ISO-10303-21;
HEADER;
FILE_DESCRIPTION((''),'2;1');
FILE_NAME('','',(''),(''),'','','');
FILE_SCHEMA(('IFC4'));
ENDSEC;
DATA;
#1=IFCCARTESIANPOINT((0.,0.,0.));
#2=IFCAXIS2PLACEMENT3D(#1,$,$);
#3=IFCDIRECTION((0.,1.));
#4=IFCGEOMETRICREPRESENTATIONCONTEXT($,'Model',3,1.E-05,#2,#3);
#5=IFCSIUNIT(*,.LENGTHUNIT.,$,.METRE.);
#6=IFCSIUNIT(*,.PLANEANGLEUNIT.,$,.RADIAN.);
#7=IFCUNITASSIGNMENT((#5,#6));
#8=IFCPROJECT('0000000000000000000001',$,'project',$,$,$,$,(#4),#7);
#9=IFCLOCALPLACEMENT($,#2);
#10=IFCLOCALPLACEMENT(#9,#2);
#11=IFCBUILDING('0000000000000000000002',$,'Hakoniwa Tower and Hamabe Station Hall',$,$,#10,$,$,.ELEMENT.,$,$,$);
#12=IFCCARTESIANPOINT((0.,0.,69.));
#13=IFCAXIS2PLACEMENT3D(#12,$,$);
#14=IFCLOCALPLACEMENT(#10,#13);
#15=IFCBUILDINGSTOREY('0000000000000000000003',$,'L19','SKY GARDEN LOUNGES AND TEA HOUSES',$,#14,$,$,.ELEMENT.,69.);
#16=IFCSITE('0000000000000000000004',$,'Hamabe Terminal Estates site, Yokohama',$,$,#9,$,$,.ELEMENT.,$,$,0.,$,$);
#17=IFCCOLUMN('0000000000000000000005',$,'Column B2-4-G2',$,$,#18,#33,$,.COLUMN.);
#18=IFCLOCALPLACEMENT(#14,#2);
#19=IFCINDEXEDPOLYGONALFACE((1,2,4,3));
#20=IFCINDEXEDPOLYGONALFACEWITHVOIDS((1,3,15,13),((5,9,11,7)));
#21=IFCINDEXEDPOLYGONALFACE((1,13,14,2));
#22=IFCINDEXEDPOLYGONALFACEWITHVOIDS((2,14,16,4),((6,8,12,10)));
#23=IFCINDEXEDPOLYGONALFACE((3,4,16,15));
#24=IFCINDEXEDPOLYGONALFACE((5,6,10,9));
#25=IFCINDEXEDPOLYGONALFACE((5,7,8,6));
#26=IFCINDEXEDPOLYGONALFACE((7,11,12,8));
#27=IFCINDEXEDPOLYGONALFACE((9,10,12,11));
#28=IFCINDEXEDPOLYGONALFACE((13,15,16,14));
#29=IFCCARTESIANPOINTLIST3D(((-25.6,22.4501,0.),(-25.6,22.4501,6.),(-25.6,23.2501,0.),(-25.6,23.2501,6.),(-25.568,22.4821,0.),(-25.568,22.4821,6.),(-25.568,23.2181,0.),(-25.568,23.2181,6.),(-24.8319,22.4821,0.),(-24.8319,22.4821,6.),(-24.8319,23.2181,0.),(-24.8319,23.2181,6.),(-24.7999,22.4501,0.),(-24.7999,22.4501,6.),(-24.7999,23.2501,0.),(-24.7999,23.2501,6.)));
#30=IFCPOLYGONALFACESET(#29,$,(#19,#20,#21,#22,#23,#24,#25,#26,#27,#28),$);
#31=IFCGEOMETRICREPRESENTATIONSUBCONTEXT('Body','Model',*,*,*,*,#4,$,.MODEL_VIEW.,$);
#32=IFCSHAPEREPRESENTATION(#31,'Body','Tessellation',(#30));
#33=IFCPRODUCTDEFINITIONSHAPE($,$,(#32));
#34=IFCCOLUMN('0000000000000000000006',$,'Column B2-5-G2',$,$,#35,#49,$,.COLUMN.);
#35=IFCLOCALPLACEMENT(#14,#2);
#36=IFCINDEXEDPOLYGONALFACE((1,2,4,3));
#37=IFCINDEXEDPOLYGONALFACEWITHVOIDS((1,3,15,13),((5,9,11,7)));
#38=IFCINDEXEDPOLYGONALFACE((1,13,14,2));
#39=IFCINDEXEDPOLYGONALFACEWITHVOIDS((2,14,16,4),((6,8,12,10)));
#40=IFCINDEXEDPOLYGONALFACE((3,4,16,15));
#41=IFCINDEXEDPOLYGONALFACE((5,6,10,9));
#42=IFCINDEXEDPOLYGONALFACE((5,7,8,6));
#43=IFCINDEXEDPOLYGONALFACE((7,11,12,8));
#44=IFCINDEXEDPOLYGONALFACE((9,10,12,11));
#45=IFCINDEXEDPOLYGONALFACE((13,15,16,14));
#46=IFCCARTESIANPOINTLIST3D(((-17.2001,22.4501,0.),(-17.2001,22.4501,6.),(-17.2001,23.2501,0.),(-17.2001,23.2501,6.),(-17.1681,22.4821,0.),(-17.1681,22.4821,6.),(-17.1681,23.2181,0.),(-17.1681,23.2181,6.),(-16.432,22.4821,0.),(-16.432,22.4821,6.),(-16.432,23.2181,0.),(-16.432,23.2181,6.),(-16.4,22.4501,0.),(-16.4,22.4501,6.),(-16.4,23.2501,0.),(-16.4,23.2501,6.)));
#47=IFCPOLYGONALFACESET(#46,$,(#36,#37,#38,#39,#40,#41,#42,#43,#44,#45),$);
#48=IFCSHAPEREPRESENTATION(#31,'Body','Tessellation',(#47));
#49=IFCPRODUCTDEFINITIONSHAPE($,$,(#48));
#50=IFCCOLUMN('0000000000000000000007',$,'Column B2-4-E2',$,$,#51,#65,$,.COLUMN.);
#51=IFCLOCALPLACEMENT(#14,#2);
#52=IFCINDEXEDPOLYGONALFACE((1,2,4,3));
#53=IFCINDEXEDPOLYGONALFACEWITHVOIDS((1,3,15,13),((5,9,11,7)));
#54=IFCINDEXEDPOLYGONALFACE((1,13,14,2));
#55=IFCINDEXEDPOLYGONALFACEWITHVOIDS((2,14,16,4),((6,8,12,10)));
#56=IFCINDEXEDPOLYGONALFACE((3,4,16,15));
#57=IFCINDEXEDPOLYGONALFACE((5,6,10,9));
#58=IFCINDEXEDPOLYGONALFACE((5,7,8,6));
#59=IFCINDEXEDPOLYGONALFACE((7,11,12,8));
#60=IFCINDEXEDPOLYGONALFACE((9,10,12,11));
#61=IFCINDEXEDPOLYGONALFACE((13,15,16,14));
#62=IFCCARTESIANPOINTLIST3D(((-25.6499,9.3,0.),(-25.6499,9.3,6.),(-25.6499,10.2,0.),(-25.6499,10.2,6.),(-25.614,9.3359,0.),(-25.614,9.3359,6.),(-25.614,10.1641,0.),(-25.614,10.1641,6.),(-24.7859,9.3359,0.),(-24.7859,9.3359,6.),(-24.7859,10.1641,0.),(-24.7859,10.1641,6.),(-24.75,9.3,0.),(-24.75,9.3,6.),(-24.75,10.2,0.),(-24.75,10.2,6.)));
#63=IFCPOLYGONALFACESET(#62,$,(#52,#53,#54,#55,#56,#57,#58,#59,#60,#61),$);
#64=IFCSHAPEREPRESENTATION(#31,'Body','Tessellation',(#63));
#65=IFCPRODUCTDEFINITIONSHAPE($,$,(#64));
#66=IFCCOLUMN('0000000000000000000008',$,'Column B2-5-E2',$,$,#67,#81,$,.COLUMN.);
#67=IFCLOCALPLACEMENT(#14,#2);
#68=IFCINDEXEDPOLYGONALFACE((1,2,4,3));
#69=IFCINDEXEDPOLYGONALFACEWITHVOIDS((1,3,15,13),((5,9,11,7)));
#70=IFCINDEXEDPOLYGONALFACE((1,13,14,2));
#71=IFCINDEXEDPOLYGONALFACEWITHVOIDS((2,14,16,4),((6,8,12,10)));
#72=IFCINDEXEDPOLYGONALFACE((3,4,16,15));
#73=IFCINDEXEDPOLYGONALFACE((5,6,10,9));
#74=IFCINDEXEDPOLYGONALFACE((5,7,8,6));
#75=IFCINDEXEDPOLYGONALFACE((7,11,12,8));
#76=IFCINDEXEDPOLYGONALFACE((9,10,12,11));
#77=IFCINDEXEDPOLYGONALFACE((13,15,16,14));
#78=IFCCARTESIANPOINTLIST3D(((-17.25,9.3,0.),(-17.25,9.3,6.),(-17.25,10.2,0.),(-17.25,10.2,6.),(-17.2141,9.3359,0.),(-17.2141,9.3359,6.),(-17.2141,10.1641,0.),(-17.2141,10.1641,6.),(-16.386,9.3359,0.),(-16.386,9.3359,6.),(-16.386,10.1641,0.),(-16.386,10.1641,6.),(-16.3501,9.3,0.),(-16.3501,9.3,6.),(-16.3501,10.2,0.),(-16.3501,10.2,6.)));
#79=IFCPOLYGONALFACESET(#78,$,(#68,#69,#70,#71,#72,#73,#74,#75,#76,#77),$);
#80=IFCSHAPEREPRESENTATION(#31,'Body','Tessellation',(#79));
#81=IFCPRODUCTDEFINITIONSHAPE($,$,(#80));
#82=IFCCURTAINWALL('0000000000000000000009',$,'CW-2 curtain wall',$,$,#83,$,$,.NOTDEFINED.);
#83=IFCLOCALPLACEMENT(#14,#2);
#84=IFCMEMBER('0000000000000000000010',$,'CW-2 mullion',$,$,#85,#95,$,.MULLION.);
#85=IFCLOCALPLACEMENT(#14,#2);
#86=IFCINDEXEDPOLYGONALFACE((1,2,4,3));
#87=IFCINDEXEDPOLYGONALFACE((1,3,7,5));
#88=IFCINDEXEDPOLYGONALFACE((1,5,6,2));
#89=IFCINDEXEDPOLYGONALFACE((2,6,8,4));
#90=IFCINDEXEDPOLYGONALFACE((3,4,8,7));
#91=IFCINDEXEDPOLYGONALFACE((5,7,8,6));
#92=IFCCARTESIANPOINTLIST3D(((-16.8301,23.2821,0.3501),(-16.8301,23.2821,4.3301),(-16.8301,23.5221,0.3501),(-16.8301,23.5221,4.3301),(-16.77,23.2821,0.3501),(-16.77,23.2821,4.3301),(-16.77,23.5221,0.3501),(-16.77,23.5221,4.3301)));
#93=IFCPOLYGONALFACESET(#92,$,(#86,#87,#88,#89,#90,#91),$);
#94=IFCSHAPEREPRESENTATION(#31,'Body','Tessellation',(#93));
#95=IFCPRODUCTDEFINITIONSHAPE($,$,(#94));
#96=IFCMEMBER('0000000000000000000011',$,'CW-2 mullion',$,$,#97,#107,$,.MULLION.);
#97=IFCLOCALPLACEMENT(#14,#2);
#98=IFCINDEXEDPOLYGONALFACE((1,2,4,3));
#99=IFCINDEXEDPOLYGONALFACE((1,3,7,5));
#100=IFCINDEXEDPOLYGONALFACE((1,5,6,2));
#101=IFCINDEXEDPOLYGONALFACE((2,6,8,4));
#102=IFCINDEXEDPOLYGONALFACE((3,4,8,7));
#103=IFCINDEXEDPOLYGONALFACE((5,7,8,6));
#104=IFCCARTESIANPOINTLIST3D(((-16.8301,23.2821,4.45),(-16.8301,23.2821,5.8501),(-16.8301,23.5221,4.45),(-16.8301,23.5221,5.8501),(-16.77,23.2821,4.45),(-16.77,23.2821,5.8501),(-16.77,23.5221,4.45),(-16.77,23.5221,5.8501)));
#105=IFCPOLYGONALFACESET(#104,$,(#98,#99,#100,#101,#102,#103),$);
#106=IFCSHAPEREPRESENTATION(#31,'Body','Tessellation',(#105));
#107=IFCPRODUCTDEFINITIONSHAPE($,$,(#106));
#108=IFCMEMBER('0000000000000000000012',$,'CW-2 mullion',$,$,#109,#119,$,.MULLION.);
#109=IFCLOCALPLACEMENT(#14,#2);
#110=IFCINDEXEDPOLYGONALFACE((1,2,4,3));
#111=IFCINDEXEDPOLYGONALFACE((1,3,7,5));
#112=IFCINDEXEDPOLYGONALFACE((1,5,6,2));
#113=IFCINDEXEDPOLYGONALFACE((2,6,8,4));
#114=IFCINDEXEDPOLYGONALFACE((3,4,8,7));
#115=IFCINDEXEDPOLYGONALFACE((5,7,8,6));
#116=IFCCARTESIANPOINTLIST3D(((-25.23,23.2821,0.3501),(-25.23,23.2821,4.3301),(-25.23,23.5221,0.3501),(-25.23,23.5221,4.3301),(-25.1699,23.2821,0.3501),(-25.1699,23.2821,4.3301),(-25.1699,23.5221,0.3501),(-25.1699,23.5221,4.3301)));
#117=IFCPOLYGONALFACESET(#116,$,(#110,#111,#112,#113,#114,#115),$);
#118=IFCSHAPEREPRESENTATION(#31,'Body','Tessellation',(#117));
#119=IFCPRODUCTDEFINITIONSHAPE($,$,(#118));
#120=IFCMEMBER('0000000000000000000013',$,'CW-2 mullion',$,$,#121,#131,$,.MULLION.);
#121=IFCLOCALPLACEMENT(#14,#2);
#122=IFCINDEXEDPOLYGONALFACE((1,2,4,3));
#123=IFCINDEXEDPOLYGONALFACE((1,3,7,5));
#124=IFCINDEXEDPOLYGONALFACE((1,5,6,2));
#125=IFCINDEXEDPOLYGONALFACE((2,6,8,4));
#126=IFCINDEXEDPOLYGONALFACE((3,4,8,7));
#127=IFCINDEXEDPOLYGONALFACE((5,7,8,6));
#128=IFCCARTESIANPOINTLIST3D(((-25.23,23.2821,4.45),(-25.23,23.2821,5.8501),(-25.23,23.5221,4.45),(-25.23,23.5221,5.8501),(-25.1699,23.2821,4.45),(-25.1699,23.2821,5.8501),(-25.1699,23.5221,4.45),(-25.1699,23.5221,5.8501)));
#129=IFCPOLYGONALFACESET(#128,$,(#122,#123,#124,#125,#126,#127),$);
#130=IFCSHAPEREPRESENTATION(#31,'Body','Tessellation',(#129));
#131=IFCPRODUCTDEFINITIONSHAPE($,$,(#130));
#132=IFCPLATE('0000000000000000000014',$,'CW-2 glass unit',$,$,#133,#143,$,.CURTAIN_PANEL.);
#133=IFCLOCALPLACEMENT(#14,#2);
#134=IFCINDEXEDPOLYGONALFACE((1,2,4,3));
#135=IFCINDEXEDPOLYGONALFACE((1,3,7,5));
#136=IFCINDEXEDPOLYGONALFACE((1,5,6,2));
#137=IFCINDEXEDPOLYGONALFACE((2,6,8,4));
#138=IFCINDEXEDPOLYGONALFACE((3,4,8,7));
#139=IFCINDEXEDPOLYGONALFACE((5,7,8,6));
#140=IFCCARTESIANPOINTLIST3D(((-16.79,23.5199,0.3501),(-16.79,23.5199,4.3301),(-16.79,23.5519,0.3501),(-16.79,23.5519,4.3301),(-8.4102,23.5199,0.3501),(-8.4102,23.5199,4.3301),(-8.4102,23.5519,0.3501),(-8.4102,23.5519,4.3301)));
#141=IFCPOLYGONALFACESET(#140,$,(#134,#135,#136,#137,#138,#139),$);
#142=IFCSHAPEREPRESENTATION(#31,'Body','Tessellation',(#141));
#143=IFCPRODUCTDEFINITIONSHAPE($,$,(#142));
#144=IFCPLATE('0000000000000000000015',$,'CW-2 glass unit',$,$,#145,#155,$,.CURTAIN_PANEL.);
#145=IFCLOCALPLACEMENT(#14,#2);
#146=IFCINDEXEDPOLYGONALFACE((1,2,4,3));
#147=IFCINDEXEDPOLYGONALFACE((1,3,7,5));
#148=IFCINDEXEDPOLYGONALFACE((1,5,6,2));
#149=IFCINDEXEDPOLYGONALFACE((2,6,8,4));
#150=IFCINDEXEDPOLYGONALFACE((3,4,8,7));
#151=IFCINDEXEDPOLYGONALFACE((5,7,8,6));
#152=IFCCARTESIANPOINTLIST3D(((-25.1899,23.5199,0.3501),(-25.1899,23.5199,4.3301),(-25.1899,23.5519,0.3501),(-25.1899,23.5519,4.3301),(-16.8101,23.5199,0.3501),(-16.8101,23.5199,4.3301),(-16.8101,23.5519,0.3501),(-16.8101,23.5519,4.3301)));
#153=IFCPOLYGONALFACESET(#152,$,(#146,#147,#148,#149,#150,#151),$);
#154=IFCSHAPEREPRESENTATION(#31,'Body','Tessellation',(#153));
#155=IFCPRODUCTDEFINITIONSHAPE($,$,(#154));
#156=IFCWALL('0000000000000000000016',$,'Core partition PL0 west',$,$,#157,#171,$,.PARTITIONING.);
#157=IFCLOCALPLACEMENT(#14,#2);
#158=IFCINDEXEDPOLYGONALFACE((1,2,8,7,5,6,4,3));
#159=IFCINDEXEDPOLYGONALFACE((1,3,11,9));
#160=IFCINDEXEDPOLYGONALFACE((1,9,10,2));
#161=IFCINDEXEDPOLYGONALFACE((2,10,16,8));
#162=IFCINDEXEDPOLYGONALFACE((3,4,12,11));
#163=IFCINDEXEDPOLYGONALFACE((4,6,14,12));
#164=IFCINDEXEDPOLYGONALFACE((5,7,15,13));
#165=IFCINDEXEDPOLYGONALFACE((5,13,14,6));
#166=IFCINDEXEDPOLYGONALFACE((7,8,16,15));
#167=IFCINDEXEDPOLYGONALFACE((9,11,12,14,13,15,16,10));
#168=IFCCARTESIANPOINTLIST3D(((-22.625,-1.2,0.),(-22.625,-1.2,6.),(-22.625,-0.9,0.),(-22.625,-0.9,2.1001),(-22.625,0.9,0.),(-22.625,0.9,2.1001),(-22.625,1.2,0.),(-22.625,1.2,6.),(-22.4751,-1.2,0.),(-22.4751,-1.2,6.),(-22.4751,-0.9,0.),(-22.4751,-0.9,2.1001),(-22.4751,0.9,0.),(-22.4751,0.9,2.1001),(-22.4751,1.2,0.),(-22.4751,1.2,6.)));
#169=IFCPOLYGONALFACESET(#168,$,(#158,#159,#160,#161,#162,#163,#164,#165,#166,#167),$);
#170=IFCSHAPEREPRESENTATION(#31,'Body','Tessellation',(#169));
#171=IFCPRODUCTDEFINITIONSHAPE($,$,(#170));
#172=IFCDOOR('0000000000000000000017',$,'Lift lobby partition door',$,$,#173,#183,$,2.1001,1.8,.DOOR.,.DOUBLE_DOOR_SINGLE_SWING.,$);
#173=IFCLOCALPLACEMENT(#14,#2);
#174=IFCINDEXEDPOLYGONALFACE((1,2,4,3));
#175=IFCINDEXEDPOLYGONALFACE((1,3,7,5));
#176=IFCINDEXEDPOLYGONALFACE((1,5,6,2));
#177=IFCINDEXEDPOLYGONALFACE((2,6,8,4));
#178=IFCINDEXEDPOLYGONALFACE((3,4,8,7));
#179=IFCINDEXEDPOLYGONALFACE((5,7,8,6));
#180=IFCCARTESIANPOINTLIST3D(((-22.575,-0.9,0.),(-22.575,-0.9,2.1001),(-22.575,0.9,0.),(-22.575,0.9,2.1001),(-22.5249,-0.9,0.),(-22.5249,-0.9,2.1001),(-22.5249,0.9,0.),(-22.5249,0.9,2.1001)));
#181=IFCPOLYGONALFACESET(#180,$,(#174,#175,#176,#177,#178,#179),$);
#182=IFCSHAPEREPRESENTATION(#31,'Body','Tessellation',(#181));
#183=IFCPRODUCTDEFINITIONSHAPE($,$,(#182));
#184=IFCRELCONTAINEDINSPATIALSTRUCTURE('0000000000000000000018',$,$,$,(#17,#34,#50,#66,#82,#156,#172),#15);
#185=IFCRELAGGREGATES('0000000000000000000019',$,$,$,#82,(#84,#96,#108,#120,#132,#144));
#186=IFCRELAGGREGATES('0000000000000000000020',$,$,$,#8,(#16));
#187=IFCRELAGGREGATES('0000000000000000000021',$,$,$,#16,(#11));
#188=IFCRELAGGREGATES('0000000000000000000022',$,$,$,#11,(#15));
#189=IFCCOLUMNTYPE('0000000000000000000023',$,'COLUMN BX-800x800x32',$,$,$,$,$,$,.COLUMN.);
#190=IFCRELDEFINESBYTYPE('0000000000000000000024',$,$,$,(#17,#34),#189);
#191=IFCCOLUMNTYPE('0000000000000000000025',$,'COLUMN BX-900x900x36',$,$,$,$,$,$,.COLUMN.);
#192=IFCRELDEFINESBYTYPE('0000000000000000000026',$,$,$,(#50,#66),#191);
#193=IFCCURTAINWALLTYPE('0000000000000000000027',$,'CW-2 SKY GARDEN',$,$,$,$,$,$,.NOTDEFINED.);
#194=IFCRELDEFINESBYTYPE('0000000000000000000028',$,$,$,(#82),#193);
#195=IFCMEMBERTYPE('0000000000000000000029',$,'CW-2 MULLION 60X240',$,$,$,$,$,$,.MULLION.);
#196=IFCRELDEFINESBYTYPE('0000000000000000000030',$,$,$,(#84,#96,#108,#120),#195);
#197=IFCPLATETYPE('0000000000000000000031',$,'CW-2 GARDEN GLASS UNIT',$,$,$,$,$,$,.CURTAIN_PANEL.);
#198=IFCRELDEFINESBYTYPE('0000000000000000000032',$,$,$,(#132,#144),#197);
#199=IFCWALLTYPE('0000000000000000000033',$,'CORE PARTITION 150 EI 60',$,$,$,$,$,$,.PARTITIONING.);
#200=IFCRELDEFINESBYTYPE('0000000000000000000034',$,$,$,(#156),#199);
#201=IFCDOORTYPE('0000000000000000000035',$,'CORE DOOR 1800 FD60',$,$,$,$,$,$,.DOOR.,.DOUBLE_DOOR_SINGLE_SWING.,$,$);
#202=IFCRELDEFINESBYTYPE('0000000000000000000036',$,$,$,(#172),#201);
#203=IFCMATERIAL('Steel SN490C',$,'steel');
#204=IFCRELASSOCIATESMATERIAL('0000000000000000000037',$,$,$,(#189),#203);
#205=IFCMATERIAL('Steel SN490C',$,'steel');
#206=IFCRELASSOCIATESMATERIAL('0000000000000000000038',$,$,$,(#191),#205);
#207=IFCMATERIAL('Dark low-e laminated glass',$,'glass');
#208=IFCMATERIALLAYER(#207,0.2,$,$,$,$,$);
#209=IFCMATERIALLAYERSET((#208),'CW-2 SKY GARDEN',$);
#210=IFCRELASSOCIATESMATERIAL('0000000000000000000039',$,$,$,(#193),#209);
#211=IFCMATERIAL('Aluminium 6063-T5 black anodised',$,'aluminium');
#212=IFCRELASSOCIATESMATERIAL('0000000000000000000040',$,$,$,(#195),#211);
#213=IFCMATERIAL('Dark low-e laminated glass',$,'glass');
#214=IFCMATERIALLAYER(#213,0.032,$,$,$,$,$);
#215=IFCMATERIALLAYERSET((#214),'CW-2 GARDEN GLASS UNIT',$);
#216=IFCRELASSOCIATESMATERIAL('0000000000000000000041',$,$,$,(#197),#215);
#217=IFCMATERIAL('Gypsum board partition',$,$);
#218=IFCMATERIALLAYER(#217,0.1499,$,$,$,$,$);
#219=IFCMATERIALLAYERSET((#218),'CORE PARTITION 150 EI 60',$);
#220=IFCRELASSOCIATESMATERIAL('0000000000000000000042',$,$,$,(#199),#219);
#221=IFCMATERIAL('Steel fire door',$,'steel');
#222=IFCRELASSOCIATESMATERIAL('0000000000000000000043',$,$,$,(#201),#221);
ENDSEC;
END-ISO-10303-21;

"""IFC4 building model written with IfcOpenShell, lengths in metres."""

from ifc_helpers import new_model, si_unit, direction, frame, frame_2d, origin, origin_2d, place, context, subcontext, project, spatial, rectangle, hollow_rectangle, extrude, material, layer, layer_set, material_profile, profile_set, type_object, element, fill, aggregate, save


model = new_model("IFC4")

# Units and contexts
model_context = context("Model", 3, precision=1e-05, world=origin(), true_north=direction((0.0, 1.0)))
body_context = subcontext(model_context, "Body", "Model", "MODEL_VIEW")
ifc_project = project(units=[si_unit("LENGTHUNIT", "METRE"), si_unit("PLANEANGLEUNIT", "RADIAN")], contexts=[model_context])

# Site, building, storey
site_placement = place(None, origin())
site = spatial("IfcSite", under=ifc_project, at=site_placement, Name="Hamabe Terminal Estates site, Yokohama", CompositionType="ELEMENT", RefElevation=0.0)
building_placement = place(site_placement, origin())
building = spatial("IfcBuilding", under=site, at=building_placement, Name="Hakoniwa Tower and Hamabe Station Hall", CompositionType="ELEMENT")
storey_placement = place(building_placement, frame((0.0, 0.0, 69.0)))
storey = spatial("IfcBuildingStorey", under=building, at=storey_placement, Name="L19", Description="SKY GARDEN LOUNGES AND TEA HOUSES", CompositionType="ELEMENT", Elevation=69.0)

# Columns
ifc_material_1 = material(Name="Steel SN490C", Category="steel")
ifc_material_profile_1 = material_profile(ifc_material_1, hollow_rectangle(XDim=0.8, YDim=0.8, WallThickness=0.032, at=origin_2d()), Name="BX-800x800x32")
ifc_profile_set_1 = profile_set([ifc_material_profile_1], Name="Steel SN490C")
column_type_1 = type_object("IfcColumnType", Name="COLUMN BX-800x800x32", PredefinedType="COLUMN", material=ifc_profile_set_1)
for number, where, z_axis, x_axis, name in (
    (1, (-25.2, 22.8501, 0.0), (0.0, 0.0, 1.0), (1.0, 0.0, 0.0), "Column B2-4-G2"),
    (2, (-16.8, 22.8501, 0.0), (0.0, 0.0, 1.0), (1.0, 0.0, 0.0), "Column B2-5-G2"),
):
    element("IfcColumn", number, at=place(storey_placement, frame(where, z_axis=z_axis, x_axis=x_axis)), inside=storey, type_object=column_type_1, Name=name, PredefinedType="COLUMN", context=body_context, shape_type="SweptSolid", body=[
        extrude(hollow_rectangle(XDim=0.8, YDim=0.8, WallThickness=0.032, at=origin_2d()), origin(), (0.0, 0.0, 1.0), 6.0),
    ])
ifc_material_2 = material(Name="Steel SN490C", Category="steel")
ifc_material_profile_2 = material_profile(ifc_material_2, hollow_rectangle(XDim=0.8999, YDim=0.8999, WallThickness=0.0359, at=origin_2d()), Name="BX-900x900x36")
ifc_profile_set_2 = profile_set([ifc_material_profile_2], Name="Steel SN490C")
column_type_2 = type_object("IfcColumnType", Name="COLUMN BX-900x900x36", PredefinedType="COLUMN", material=ifc_profile_set_2)
for number, where, z_axis, x_axis, name in (
    (3, (-25.2, 9.75, 0.0), (0.0, 0.0, 1.0), (1.0, 0.0, 0.0), "Column B2-4-E2"),
    (4, (-16.8, 9.75, 0.0), (0.0, 0.0, 1.0), (1.0, 0.0, 0.0), "Column B2-5-E2"),
):
    element("IfcColumn", number, at=place(storey_placement, frame(where, z_axis=z_axis, x_axis=x_axis)), inside=storey, type_object=column_type_2, Name=name, PredefinedType="COLUMN", context=body_context, shape_type="SweptSolid", body=[
        extrude(hollow_rectangle(XDim=0.8999, YDim=0.8999, WallThickness=0.0359, at=origin_2d()), origin(), (0.0, 0.0, 1.0), 6.0),
    ])

# Curtain wall, members, plates
ifc_material_3 = material(Name="Dark low-e laminated glass", Category="glass")
ifc_layer_1 = layer(ifc_material_3, 0.2)
ifc_layer_set_1 = layer_set([ifc_layer_1], Name="CW-2 SKY GARDEN")
curtain_wall_type = type_object("IfcCurtainWallType", Name="CW-2 SKY GARDEN", PredefinedType="NOTDEFINED", material=ifc_layer_set_1)
curtain_wall_placement = place(storey_placement, origin())
curtain_wall = element("IfcCurtainWall", 5, at=curtain_wall_placement, inside=storey, type_object=curtain_wall_type, Name="CW-2 curtain wall", PredefinedType="NOTDEFINED")
ifc_material_4 = material(Name="Aluminium 6063-T5 black anodised", Category="aluminium")
ifc_material_profile_3 = material_profile(ifc_material_4, rectangle(XDim=0.0601, YDim=0.24, at=origin_2d()), Name="CW-2 MULLION 60X240")
ifc_profile_set_3 = profile_set([ifc_material_profile_3], Name="Aluminium 6063-T5 black anodised")
member_type = type_object("IfcMemberType", Name="CW-2 MULLION 60X240", PredefinedType="MULLION", material=ifc_profile_set_3)
member_1_placement = place(storey_placement, frame((-16.8, 23.4021, 0.3501), z_axis=(0.0, 0.0, 1.0), x_axis=(-1.0, 0.0, 0.0)))
member_1 = element("IfcMember", 6, at=member_1_placement, type_object=member_type, Name="CW-2 mullion", PredefinedType="MULLION", context=body_context, shape_type="SweptSolid", body=[
    extrude(rectangle(XDim=0.0601, YDim=0.24, at=origin_2d()), origin(), (0.0, 0.0, 1.0), 3.98),
])
member_2_placement = place(storey_placement, frame((-16.8, 23.4021, 4.45), z_axis=(0.0, 0.0, 1.0), x_axis=(-1.0, 0.0, 0.0)))
member_2 = element("IfcMember", 7, at=member_2_placement, type_object=member_type, Name="CW-2 mullion", PredefinedType="MULLION", context=body_context, shape_type="SweptSolid", body=[
    extrude(rectangle(XDim=0.0601, YDim=0.24, at=origin_2d()), origin(), (0.0, 0.0, 1.0), 1.4001),
])
member_3_placement = place(storey_placement, frame((-25.2, 23.4021, 0.3501), z_axis=(0.0, 0.0, 1.0), x_axis=(-1.0, 0.0, 0.0)))
member_3 = element("IfcMember", 8, at=member_3_placement, type_object=member_type, Name="CW-2 mullion", PredefinedType="MULLION", context=body_context, shape_type="SweptSolid", body=[
    extrude(rectangle(XDim=0.0601, YDim=0.24, at=origin_2d()), origin(), (0.0, 0.0, 1.0), 3.98),
])
member_4_placement = place(storey_placement, frame((-25.2, 23.4021, 4.45), z_axis=(0.0, 0.0, 1.0), x_axis=(-1.0, 0.0, 0.0)))
member_4 = element("IfcMember", 9, at=member_4_placement, type_object=member_type, Name="CW-2 mullion", PredefinedType="MULLION", context=body_context, shape_type="SweptSolid", body=[
    extrude(rectangle(XDim=0.0601, YDim=0.24, at=origin_2d()), origin(), (0.0, 0.0, 1.0), 1.4001),
])
ifc_material_5 = material(Name="Dark low-e laminated glass", Category="glass")
ifc_layer_2 = layer(ifc_material_5, 0.032)
ifc_layer_set_2 = layer_set([ifc_layer_2], Name="CW-2 GARDEN GLASS UNIT")
plate_type = type_object("IfcPlateType", Name="CW-2 GARDEN GLASS UNIT", PredefinedType="CURTAIN_PANEL", material=ifc_layer_set_2)
plate_1_placement = place(storey_placement, frame((-12.6001, 23.5359, 0.3501), z_axis=(0.0, 0.0, 1.0), x_axis=(-1.0, 0.0, 0.0)))
plate_1 = element("IfcPlate", 10, at=plate_1_placement, type_object=plate_type, Name="CW-2 glass unit", PredefinedType="CURTAIN_PANEL", context=body_context, shape_type="SweptSolid", body=[
    extrude(rectangle(XDim=8.3799, YDim=0.032, at=origin_2d()), origin(), (0.0, 0.0, 1.0), 3.98),
])
plate_2_placement = place(storey_placement, frame((-21.0, 23.5359, 0.3501), z_axis=(0.0, 0.0, 1.0), x_axis=(-1.0, 0.0, 0.0)))
plate_2 = element("IfcPlate", 11, at=plate_2_placement, type_object=plate_type, Name="CW-2 glass unit", PredefinedType="CURTAIN_PANEL", context=body_context, shape_type="SweptSolid", body=[
    extrude(rectangle(XDim=8.3799, YDim=0.032, at=origin_2d()), origin(), (0.0, 0.0, 1.0), 3.98),
])

# Wall, opening, door
ifc_material_6 = material(Name="Gypsum board partition")
ifc_layer_3 = layer(ifc_material_6, 0.1499)
ifc_layer_set_3 = layer_set([ifc_layer_3], Name="CORE PARTITION 150 EI 60")
wall_type_1 = type_object("IfcWallType", Name="CORE PARTITION 150 EI 60", PredefinedType="PARTITIONING", material=ifc_layer_set_3)
wall_1_placement = place(storey_placement, frame((-22.55, -1.2, 0.0), z_axis=(0.0, 0.0, 1.0), x_axis=(0.0, 1.0, 0.0)))
wall_1 = element("IfcWall", 12, at=wall_1_placement, inside=storey, type_object=wall_type_1, Name="Core partition PL0 west", PredefinedType="PARTITIONING", context=body_context, shape_type="SweptSolid", body=[
    extrude(rectangle(XDim=2.3999, YDim=0.1499, at=frame_2d((1.2, 0.0))), origin(), (0.0, 0.0, 1.0), 6.0),
])
opening_1_placement = place(wall_1_placement, frame((0.3, 0.0, 0.0)))
opening_1 = element("IfcOpeningElement", 13, at=opening_1_placement, cuts=wall_1, PredefinedType="OPENING", context=body_context, shape_type="SweptSolid", body=[
    extrude(rectangle(XDim=1.8, YDim=2.1001, at=frame_2d((0.8999, 1.05))), frame((0.0, 0.085, 0.0), z_axis=(0.0, -1.0, 0.0), x_axis=(1.0, 0.0, 0.0)), (0.0, 0.0, 1.0), 0.1699),
])
ifc_material_7 = material(Name="Steel fire door", Category="steel")
door_type_1 = type_object("IfcDoorType", Name="CORE DOOR 1800 FD60", OperationType="DOUBLE_DOOR_SINGLE_SWING", PredefinedType="DOOR", material=ifc_material_7)
door_1_placement = place(opening_1_placement, origin())
door_1 = element("IfcDoor", 14, at=door_1_placement, inside=storey, type_object=door_type_1, Name="Lift lobby partition door", OperationType="DOUBLE_DOOR_SINGLE_SWING", OverallHeight=2.1001, OverallWidth=1.8, PredefinedType="DOOR", context=body_context, shape_type="SweptSolid", body=[
    extrude(rectangle(XDim=1.8, YDim=2.1001, at=frame_2d((0.8999, 1.05))), frame((0.0, 0.0249, 0.0), z_axis=(0.0, -1.0, 0.0), x_axis=(1.0, 0.0, 0.0)), (0.0, 0.0, 1.0), 0.05),
])
fill(opening_1, door_1)

aggregate(curtain_wall, [member_1, member_2, member_3, member_4, plate_1, plate_2])

save(model, "model.ifc")
